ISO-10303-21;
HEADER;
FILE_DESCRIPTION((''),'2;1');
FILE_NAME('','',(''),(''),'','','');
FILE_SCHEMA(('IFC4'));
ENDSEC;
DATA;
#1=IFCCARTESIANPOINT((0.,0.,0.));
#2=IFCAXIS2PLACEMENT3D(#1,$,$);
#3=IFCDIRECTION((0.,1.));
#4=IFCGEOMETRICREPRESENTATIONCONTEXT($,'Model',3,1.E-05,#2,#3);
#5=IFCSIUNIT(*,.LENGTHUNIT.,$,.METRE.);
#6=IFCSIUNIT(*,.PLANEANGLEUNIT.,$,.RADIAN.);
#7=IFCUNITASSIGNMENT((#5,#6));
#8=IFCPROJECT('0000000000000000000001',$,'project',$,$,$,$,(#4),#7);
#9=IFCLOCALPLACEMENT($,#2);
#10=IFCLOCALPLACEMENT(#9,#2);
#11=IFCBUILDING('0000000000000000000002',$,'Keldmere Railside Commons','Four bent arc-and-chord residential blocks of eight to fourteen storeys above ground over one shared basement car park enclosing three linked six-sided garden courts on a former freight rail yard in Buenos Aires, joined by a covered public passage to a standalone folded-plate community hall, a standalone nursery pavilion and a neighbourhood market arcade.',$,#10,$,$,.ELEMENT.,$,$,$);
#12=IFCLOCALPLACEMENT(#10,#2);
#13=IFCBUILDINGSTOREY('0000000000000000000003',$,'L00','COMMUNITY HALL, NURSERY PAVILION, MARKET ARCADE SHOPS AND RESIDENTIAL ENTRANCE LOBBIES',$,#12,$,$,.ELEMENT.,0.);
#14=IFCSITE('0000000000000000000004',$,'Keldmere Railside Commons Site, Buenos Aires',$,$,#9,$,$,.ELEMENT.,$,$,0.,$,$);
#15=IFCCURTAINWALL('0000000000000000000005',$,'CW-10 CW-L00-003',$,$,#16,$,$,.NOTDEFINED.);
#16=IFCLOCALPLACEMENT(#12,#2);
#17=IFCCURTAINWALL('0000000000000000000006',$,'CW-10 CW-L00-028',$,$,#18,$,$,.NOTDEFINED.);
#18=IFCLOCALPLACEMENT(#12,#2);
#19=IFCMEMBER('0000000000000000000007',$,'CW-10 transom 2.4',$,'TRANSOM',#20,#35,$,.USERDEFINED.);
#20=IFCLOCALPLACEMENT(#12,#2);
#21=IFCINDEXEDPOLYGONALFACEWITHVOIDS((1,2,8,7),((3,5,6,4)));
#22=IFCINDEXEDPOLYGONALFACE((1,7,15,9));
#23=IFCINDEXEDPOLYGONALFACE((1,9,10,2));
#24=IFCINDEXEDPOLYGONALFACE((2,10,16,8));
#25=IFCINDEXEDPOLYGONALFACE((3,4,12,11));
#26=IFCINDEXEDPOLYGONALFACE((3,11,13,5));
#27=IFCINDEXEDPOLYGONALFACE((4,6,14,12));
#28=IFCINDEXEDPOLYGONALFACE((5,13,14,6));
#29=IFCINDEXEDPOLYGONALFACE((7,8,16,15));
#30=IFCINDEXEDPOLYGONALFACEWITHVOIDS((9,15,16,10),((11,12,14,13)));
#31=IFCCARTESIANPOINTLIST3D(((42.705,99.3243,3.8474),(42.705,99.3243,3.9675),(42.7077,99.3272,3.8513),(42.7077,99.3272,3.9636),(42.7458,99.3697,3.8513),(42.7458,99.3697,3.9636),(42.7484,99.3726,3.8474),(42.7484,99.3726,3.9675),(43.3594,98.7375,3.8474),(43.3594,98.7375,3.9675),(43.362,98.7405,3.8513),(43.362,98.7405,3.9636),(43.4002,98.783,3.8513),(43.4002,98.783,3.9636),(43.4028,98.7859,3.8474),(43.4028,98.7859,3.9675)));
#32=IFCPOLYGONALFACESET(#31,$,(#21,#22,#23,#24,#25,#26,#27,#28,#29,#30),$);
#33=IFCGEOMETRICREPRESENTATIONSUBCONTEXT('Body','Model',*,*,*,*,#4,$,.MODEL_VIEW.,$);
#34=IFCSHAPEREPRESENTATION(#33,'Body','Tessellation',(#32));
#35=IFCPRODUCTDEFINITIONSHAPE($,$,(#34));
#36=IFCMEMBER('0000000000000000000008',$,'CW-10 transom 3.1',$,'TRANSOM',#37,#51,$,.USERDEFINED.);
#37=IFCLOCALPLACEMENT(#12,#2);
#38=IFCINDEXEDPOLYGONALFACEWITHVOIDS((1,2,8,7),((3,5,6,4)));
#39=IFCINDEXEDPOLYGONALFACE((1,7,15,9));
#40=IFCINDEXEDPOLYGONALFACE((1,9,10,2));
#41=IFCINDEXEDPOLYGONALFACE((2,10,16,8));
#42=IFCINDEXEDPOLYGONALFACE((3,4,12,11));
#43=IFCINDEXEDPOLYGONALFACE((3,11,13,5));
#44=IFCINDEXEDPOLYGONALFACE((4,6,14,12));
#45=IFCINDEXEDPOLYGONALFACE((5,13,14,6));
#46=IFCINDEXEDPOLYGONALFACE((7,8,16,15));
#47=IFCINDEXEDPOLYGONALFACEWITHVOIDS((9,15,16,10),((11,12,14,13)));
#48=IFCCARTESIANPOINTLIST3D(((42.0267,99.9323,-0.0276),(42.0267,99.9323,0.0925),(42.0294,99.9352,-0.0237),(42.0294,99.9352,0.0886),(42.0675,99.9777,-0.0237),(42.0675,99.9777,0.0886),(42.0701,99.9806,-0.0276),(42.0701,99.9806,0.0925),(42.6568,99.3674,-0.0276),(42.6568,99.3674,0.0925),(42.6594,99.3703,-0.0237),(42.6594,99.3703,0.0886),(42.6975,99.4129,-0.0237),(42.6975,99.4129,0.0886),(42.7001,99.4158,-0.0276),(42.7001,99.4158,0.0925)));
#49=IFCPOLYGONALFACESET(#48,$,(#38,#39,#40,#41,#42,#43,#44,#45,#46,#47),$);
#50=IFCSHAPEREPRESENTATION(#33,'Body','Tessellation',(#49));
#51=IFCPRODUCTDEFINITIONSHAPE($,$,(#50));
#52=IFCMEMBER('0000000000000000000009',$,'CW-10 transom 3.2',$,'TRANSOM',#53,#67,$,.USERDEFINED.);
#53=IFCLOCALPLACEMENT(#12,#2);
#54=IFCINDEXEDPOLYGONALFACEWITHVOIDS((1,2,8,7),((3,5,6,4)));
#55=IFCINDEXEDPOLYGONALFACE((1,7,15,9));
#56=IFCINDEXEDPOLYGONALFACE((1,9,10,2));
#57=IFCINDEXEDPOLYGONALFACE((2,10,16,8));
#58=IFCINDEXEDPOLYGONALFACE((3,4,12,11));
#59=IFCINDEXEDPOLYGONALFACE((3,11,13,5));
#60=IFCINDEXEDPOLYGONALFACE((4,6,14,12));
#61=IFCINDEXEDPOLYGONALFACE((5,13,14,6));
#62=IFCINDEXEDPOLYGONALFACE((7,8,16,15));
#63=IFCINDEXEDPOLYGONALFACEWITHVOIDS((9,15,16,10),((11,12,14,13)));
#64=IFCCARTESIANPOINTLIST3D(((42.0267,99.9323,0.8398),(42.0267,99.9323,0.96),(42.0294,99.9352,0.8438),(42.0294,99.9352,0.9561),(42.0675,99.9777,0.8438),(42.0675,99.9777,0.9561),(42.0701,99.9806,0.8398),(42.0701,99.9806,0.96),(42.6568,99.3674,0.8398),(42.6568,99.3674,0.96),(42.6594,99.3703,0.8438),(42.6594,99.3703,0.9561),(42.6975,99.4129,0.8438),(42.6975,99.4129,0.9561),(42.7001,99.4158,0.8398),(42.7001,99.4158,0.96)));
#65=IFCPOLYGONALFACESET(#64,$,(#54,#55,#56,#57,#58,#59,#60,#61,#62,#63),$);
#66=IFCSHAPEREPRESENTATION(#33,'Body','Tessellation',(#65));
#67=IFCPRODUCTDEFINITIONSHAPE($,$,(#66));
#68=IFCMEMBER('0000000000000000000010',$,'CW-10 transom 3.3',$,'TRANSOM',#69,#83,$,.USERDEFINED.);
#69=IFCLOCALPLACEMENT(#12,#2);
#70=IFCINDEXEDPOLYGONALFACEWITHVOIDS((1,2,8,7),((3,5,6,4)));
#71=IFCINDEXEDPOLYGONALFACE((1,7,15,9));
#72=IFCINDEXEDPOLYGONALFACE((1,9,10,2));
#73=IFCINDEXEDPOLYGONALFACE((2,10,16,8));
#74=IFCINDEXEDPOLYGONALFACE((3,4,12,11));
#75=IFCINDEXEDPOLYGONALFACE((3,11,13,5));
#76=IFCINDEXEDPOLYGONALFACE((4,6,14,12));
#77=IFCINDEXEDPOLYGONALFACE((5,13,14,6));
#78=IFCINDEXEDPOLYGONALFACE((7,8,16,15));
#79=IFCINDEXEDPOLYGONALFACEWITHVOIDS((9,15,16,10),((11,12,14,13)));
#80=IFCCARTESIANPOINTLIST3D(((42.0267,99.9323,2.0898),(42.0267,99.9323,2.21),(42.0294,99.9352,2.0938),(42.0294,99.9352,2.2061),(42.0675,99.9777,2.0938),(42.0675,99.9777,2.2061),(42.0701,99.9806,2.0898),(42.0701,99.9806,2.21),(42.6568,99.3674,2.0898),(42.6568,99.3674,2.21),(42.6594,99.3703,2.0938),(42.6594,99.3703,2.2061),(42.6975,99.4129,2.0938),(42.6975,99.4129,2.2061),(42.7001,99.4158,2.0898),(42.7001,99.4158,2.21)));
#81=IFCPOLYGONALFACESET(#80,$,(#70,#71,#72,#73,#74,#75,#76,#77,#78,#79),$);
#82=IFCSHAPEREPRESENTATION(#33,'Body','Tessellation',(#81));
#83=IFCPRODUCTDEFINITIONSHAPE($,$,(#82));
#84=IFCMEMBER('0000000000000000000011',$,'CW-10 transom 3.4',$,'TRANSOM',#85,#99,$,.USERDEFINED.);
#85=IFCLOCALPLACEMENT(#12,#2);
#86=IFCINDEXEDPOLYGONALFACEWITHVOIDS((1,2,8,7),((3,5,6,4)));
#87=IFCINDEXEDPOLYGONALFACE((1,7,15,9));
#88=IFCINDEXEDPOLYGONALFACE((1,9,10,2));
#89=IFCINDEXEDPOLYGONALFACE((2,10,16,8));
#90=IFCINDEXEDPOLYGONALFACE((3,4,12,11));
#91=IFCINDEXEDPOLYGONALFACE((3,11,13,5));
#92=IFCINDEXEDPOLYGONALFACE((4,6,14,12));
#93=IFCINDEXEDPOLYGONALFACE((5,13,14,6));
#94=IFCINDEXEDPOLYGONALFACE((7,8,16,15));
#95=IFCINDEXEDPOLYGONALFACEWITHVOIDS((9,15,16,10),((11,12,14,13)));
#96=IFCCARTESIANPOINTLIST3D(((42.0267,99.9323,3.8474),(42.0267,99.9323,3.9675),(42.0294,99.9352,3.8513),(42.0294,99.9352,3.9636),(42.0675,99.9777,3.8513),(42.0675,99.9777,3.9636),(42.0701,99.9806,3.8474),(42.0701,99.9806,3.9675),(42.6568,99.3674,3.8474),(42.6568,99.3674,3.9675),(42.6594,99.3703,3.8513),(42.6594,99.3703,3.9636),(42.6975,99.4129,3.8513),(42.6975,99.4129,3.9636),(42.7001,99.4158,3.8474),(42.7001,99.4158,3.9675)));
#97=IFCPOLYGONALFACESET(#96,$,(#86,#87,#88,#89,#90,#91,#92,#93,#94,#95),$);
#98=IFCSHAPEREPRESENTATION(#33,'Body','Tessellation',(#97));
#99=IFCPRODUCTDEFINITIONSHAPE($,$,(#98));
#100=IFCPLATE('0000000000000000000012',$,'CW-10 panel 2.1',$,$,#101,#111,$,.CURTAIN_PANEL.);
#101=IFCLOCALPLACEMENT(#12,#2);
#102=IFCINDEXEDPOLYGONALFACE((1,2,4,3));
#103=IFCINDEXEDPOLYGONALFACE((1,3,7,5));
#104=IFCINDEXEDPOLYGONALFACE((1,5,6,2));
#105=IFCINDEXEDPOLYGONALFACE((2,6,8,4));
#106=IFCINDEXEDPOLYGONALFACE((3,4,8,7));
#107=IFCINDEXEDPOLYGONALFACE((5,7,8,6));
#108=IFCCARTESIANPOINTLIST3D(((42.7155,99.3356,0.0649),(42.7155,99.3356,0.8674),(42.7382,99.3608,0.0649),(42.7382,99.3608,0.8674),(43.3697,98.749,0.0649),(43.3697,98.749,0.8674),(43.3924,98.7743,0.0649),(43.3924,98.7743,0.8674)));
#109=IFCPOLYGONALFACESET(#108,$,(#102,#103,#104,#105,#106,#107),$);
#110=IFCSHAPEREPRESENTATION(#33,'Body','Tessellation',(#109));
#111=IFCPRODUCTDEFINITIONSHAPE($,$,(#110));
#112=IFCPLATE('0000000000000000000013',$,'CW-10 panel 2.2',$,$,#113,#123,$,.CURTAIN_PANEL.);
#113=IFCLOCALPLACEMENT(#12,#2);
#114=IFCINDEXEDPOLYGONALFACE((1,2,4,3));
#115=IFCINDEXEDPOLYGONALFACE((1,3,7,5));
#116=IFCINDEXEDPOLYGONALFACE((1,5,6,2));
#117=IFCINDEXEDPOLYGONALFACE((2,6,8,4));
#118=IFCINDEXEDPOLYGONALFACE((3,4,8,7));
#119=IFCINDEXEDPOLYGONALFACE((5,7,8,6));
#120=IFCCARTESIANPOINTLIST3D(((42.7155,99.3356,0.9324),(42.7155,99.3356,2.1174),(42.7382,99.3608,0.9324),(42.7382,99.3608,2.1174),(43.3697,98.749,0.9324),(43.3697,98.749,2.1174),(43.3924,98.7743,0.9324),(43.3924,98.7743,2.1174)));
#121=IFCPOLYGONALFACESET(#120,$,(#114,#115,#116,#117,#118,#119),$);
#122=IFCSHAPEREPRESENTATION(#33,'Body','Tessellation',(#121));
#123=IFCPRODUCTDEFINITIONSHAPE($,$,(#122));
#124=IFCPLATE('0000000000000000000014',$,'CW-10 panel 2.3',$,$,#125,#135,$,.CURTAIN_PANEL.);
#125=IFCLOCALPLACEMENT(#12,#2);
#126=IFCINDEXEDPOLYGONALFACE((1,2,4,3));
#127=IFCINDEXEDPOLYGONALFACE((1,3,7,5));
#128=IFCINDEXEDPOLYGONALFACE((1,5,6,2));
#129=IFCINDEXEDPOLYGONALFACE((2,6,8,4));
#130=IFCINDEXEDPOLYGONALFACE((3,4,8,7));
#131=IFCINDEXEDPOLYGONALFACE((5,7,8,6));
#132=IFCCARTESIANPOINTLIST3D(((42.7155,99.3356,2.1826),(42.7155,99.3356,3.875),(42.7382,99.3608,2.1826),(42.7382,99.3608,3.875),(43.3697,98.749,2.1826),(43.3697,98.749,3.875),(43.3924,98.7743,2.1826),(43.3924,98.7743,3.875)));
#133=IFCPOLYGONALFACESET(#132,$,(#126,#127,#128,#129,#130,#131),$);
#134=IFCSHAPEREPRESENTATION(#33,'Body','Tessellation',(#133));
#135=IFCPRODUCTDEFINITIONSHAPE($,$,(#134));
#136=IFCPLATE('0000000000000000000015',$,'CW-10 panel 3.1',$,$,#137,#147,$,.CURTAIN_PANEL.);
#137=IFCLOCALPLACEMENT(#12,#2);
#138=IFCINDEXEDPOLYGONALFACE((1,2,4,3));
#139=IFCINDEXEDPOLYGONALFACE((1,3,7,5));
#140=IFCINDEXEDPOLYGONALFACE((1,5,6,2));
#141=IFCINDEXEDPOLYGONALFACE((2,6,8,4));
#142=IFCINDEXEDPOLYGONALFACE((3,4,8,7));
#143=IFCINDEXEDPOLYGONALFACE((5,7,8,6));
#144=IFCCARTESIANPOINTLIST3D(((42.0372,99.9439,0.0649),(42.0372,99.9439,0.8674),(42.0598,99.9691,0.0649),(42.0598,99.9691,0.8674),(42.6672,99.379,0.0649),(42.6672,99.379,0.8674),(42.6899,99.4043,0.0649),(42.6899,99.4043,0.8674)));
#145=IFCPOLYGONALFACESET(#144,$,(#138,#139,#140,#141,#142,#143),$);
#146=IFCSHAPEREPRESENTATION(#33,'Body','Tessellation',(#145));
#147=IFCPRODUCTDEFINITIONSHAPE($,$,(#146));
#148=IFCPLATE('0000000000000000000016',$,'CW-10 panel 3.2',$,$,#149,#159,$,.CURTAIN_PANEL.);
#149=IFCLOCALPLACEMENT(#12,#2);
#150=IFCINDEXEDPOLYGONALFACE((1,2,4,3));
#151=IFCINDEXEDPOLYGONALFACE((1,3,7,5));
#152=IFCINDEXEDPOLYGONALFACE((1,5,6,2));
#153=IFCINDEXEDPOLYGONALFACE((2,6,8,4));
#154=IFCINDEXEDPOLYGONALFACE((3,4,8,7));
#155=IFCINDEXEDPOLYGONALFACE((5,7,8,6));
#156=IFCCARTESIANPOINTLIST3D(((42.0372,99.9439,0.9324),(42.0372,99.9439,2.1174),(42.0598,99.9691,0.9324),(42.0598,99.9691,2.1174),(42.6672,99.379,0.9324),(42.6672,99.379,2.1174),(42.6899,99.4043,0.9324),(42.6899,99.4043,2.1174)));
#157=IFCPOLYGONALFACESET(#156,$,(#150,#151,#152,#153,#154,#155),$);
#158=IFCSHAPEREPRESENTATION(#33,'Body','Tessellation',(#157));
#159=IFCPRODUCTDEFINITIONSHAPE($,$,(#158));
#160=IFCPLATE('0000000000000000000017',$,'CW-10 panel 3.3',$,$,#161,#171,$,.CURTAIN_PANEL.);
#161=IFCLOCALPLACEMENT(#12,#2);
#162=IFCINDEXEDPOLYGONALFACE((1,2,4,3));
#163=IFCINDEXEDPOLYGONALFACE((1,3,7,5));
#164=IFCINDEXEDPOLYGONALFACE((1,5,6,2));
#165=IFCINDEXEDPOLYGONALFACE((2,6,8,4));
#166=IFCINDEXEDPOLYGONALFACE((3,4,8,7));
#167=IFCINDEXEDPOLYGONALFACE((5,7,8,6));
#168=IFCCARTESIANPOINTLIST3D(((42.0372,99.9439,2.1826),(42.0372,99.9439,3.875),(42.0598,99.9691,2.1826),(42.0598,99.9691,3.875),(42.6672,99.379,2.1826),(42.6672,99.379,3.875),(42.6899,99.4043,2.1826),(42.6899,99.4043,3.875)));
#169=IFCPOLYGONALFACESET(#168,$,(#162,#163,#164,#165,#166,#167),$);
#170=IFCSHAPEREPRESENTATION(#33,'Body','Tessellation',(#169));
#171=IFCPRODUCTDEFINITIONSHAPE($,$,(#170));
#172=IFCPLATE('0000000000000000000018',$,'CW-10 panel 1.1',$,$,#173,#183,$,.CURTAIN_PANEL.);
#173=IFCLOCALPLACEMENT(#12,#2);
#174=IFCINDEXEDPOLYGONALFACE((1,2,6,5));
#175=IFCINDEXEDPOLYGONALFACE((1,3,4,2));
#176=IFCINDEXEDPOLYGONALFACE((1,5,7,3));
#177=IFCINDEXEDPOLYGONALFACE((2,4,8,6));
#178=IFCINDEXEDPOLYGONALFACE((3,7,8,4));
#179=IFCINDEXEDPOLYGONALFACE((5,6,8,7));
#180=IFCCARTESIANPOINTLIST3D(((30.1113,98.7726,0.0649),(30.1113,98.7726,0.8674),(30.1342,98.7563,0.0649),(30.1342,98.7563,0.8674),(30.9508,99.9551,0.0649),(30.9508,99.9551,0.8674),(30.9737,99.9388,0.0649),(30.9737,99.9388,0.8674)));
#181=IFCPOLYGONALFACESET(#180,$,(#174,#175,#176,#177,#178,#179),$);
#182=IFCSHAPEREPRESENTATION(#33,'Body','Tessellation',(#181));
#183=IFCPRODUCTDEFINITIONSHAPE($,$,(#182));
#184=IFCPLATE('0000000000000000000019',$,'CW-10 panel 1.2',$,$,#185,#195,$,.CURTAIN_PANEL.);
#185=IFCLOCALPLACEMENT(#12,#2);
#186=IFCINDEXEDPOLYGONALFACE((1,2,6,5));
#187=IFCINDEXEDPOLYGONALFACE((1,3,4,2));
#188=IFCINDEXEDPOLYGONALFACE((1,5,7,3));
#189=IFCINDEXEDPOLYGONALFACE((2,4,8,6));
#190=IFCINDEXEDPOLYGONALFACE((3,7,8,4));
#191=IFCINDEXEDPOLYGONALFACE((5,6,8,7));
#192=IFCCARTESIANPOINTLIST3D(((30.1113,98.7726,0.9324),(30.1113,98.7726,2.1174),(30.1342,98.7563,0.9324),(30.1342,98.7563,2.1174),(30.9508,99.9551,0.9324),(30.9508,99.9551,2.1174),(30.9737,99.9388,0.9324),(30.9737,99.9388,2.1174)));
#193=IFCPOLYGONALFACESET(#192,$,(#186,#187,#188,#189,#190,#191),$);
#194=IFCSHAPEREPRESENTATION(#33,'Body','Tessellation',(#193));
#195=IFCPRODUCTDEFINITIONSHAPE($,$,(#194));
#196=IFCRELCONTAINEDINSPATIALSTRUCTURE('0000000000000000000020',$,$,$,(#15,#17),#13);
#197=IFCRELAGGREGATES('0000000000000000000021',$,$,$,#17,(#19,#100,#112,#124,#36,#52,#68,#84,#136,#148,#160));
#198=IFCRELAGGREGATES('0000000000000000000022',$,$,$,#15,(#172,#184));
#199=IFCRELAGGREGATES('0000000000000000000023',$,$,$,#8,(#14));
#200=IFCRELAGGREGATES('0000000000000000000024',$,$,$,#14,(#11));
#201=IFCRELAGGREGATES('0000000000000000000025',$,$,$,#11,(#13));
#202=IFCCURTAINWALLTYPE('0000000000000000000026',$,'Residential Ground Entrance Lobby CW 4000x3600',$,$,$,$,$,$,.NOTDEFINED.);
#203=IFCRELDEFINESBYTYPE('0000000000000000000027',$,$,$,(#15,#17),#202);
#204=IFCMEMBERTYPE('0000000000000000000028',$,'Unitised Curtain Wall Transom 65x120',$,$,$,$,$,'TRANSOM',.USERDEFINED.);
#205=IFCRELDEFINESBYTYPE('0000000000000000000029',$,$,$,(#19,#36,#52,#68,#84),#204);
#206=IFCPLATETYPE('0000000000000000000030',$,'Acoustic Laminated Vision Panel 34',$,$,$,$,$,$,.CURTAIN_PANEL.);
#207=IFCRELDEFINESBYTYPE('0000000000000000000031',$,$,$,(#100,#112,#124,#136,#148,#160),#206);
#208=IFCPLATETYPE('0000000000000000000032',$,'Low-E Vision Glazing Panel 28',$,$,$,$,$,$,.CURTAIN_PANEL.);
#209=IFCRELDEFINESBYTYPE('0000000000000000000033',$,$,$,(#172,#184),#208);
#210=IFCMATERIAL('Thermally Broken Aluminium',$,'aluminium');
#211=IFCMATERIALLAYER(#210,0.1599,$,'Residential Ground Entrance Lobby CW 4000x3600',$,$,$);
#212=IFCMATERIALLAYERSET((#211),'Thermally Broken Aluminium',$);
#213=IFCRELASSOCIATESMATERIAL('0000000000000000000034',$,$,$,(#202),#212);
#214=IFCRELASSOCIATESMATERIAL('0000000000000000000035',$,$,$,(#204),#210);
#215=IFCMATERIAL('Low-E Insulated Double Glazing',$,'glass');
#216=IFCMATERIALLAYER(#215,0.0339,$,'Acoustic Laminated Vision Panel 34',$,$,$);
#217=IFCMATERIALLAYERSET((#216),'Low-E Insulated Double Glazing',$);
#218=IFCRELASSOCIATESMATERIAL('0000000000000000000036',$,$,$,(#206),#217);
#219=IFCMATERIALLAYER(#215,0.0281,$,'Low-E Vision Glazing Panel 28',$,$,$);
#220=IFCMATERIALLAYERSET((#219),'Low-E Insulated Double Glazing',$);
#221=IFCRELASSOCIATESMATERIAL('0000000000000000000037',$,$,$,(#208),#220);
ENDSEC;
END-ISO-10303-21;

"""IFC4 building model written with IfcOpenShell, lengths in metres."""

from ifc_helpers import new_model, si_unit, direction, frame, origin, origin_2d, place, context, subcontext, project, spatial, rectangle, hollow_rectangle, extrude, material, layer, layer_set, material_profile, profile_set, type_object, element, aggregate, save


model = new_model("IFC4")

# Units and contexts
model_context = context("Model", 3, precision=1e-05, world=origin(), true_north=direction((0.0, 1.0)))
body_context = subcontext(model_context, "Body", "Model", "MODEL_VIEW")
ifc_project = project(units=[si_unit("LENGTHUNIT", "METRE"), si_unit("PLANEANGLEUNIT", "RADIAN")], contexts=[model_context])

# Site, building, storey
site_placement = place(None, origin())
site = spatial("IfcSite", under=ifc_project, at=site_placement, Name="Keldmere Railside Commons Site, Buenos Aires", CompositionType="ELEMENT", RefElevation=0.0)
building_placement = place(site_placement, origin())
building = spatial("IfcBuilding", under=site, at=building_placement, Name="Keldmere Railside Commons", Description="Four bent arc-and-chord residential blocks of eight to fourteen storeys above ground over one shared basement car park enclosing three linked six-sided garden courts on a former freight rail yard in Buenos Aires, joined by a covered public passage to a standalone folded-plate community hall, a standalone nursery pavilion and a neighbourhood market arcade.", CompositionType="ELEMENT")
storey_placement = place(building_placement, origin())
storey = spatial("IfcBuildingStorey", under=building, at=storey_placement, Name="L00", Description="COMMUNITY HALL, NURSERY PAVILION, MARKET ARCADE SHOPS AND RESIDENTIAL ENTRANCE LOBBIES", CompositionType="ELEMENT", Elevation=0.0)

# Curtain wall
ifc_material_1 = material(Name="Thermally Broken Aluminium", Category="aluminium")
ifc_layer_1 = layer(ifc_material_1, 0.1599, Name="Residential Ground Entrance Lobby CW 4000x3600")
ifc_layer_set_1 = layer_set([ifc_layer_1], Name="Thermally Broken Aluminium")
curtain_wall_type = type_object("IfcCurtainWallType", Name="Residential Ground Entrance Lobby CW 4000x3600", PredefinedType="NOTDEFINED", material=ifc_layer_set_1)
curtain_wall_1_placement = place(storey_placement, origin())
curtain_wall_1 = element("IfcCurtainWall", 1, at=curtain_wall_1_placement, inside=storey, type_object=curtain_wall_type, Name="CW-10 CW-L00-003", PredefinedType="NOTDEFINED")

# Curtain wall
curtain_wall_2_placement = place(storey_placement, origin())
curtain_wall_2 = element("IfcCurtainWall", 2, at=curtain_wall_2_placement, inside=storey, type_object=curtain_wall_type, Name="CW-10 CW-L00-028", PredefinedType="NOTDEFINED")

# Members
ifc_material_profile_1 = material_profile(ifc_material_1, hollow_rectangle(XDim=0.0649, YDim=0.1201, WallThickness=0.0039, at=origin_2d()), Name="ALU-TRAN-65x120")
ifc_profile_set_1 = profile_set([ifc_material_profile_1], Name="Thermally Broken Aluminium")
member_type_1 = type_object("IfcMemberType", Name="Unitised Curtain Wall Transom 65x120", ElementType="TRANSOM", PredefinedType="USERDEFINED", material=ifc_profile_set_1)
member_1_placement = place(storey_placement, frame((43.3811, 98.7617, 3.9075), z_axis=(-0.744536, 0.667582, 0.0), x_axis=(-0.667582, -0.744536, 0.0)))
member_1 = element("IfcMember", 3, at=member_1_placement, type_object=member_type_1, Name="CW-10 transom 2.4", ObjectType="TRANSOM", PredefinedType="USERDEFINED", context=body_context, shape_type="SweptSolid", body=[
    extrude(hollow_rectangle(XDim=0.0649, YDim=0.1201, WallThickness=0.0039, at=origin_2d()), origin(), (0.0, 0.0, 1.0), 0.8789),
])
member_2_placement = place(storey_placement, frame((42.6785, 99.3916, 0.0325), z_axis=(-0.744569, 0.667545, 0.0), x_axis=(-0.667545, -0.744569, 0.0)))
member_2 = element("IfcMember", 4, at=member_2_placement, type_object=member_type_1, Name="CW-10 transom 3.1", ObjectType="TRANSOM", PredefinedType="USERDEFINED", context=body_context, shape_type="SweptSolid", body=[
    extrude(hollow_rectangle(XDim=0.0649, YDim=0.1201, WallThickness=0.0039, at=origin_2d()), origin(), (0.0, 0.0, 1.0), 0.8462),
])
member_3_placement = place(storey_placement, frame((42.6785, 99.3916, 0.8999), z_axis=(-0.744569, 0.667545, 0.0), x_axis=(-0.667545, -0.744569, 0.0)))
member_3 = element("IfcMember", 5, at=member_3_placement, type_object=member_type_1, Name="CW-10 transom 3.2", ObjectType="TRANSOM", PredefinedType="USERDEFINED", context=body_context, shape_type="SweptSolid", body=[
    extrude(hollow_rectangle(XDim=0.0649, YDim=0.1201, WallThickness=0.0039, at=origin_2d()), origin(), (0.0, 0.0, 1.0), 0.8462),
])
member_4_placement = place(storey_placement, frame((42.6785, 99.3916, 2.1499), z_axis=(-0.744569, 0.667545, 0.0), x_axis=(-0.667545, -0.744569, 0.0)))
member_4 = element("IfcMember", 6, at=member_4_placement, type_object=member_type_1, Name="CW-10 transom 3.3", ObjectType="TRANSOM", PredefinedType="USERDEFINED", context=body_context, shape_type="SweptSolid", body=[
    extrude(hollow_rectangle(XDim=0.0649, YDim=0.1201, WallThickness=0.0039, at=origin_2d()), origin(), (0.0, 0.0, 1.0), 0.8462),
])
member_5_placement = place(storey_placement, frame((42.6785, 99.3916, 3.9075), z_axis=(-0.744569, 0.667545, 0.0), x_axis=(-0.667545, -0.744569, 0.0)))
member_5 = element("IfcMember", 7, at=member_5_placement, type_object=member_type_1, Name="CW-10 transom 3.4", ObjectType="TRANSOM", PredefinedType="USERDEFINED", context=body_context, shape_type="SweptSolid", body=[
    extrude(hollow_rectangle(XDim=0.0649, YDim=0.1201, WallThickness=0.0039, at=origin_2d()), origin(), (0.0, 0.0, 1.0), 0.8462),
])

# Plates
ifc_material_2 = material(Name="Low-E Insulated Double Glazing", Category="glass")
ifc_layer_2 = layer(ifc_material_2, 0.0339, Name="Acoustic Laminated Vision Panel 34")
ifc_layer_set_2 = layer_set([ifc_layer_2], Name="Low-E Insulated Double Glazing")
plate_type_1 = type_object("IfcPlateType", Name="Acoustic Laminated Vision Panel 34", PredefinedType="CURTAIN_PANEL", material=ifc_layer_set_2)
plate_1_placement = place(storey_placement, frame((43.054, 99.0549, 0.0649), z_axis=(0.0, 0.0, 1.0), x_axis=(-0.744557, 0.667559, 0.0)))
plate_1 = element("IfcPlate", 8, at=plate_1_placement, type_object=plate_type_1, Name="CW-10 panel 2.1", PredefinedType="CURTAIN_PANEL", context=body_context, shape_type="SweptSolid", body=[
    extrude(rectangle(XDim=0.8787, YDim=0.0339, at=origin_2d()), origin(), (0.0, 0.0, 1.0), 0.8025),
])
plate_2_placement = place(storey_placement, frame((43.054, 99.0549, 0.9324), z_axis=(0.0, 0.0, 1.0), x_axis=(-0.744557, 0.667559, 0.0)))
plate_2 = element("IfcPlate", 9, at=plate_2_placement, type_object=plate_type_1, Name="CW-10 panel 2.2", PredefinedType="CURTAIN_PANEL", context=body_context, shape_type="SweptSolid", body=[
    extrude(rectangle(XDim=0.8787, YDim=0.0339, at=origin_2d()), origin(), (0.0, 0.0, 1.0), 1.1851),
])
plate_3_placement = place(storey_placement, frame((43.054, 99.0549, 2.1826), z_axis=(0.0, 0.0, 1.0), x_axis=(-0.744557, 0.667559, 0.0)))
plate_3 = element("IfcPlate", 10, at=plate_3_placement, type_object=plate_type_1, Name="CW-10 panel 2.3", PredefinedType="CURTAIN_PANEL", context=body_context, shape_type="SweptSolid", body=[
    extrude(rectangle(XDim=0.8787, YDim=0.0339, at=origin_2d()), origin(), (0.0, 0.0, 1.0), 1.6924),
])
plate_4_placement = place(storey_placement, frame((42.3635, 99.6741, 0.0649), z_axis=(0.0, 0.0, 1.0), x_axis=(-0.744557, 0.667559, 0.0)))
plate_4 = element("IfcPlate", 11, at=plate_4_placement, type_object=plate_type_1, Name="CW-10 panel 3.1", PredefinedType="CURTAIN_PANEL", context=body_context, shape_type="SweptSolid", body=[
    extrude(rectangle(XDim=0.8462, YDim=0.0339, at=origin_2d()), origin(), (0.0, 0.0, 1.0), 0.8025),
])
plate_5_placement = place(storey_placement, frame((42.3635, 99.6741, 0.9324), z_axis=(0.0, 0.0, 1.0), x_axis=(-0.744557, 0.667559, 0.0)))
plate_5 = element("IfcPlate", 12, at=plate_5_placement, type_object=plate_type_1, Name="CW-10 panel 3.2", PredefinedType="CURTAIN_PANEL", context=body_context, shape_type="SweptSolid", body=[
    extrude(rectangle(XDim=0.8462, YDim=0.0339, at=origin_2d()), origin(), (0.0, 0.0, 1.0), 1.1851),
])
plate_6_placement = place(storey_placement, frame((42.3635, 99.6741, 2.1826), z_axis=(0.0, 0.0, 1.0), x_axis=(-0.744557, 0.667559, 0.0)))
plate_6 = element("IfcPlate", 13, at=plate_6_placement, type_object=plate_type_1, Name="CW-10 panel 3.3", PredefinedType="CURTAIN_PANEL", context=body_context, shape_type="SweptSolid", body=[
    extrude(rectangle(XDim=0.8462, YDim=0.0339, at=origin_2d()), origin(), (0.0, 0.0, 1.0), 1.6924),
])
aggregate(curtain_wall_2, [member_1, plate_1, plate_2, plate_3, member_2, member_3, member_4, member_5, plate_4, plate_5, plate_6])
ifc_layer_3 = layer(ifc_material_2, 0.0281, Name="Low-E Vision Glazing Panel 28")
ifc_layer_set_3 = layer_set([ifc_layer_3], Name="Low-E Insulated Double Glazing")
plate_type_2 = type_object("IfcPlateType", Name="Low-E Vision Glazing Panel 28", PredefinedType="CURTAIN_PANEL", material=ifc_layer_set_3)
plate_7_placement = place(storey_placement, frame((30.5425, 99.3557, 0.0649), z_axis=(0.0, 0.0, 1.0), x_axis=(-0.578913, -0.815389, 0.0)))
plate_7 = element("IfcPlate", 14, at=plate_7_placement, type_object=plate_type_2, Name="CW-10 panel 1.1", PredefinedType="CURTAIN_PANEL", context=body_context, shape_type="SweptSolid", body=[
    extrude(rectangle(XDim=1.4502, YDim=0.0281, at=origin_2d()), origin(), (0.0, 0.0, 1.0), 0.8025),
])
plate_8_placement = place(storey_placement, frame((30.5425, 99.3557, 0.9324), z_axis=(0.0, 0.0, 1.0), x_axis=(-0.578913, -0.815389, 0.0)))
plate_8 = element("IfcPlate", 15, at=plate_8_placement, type_object=plate_type_2, Name="CW-10 panel 1.2", PredefinedType="CURTAIN_PANEL", context=body_context, shape_type="SweptSolid", body=[
    extrude(rectangle(XDim=1.4502, YDim=0.0281, at=origin_2d()), origin(), (0.0, 0.0, 1.0), 1.1851),
])
aggregate(curtain_wall_1, [plate_7, plate_8])

save(model, "model.ifc")
